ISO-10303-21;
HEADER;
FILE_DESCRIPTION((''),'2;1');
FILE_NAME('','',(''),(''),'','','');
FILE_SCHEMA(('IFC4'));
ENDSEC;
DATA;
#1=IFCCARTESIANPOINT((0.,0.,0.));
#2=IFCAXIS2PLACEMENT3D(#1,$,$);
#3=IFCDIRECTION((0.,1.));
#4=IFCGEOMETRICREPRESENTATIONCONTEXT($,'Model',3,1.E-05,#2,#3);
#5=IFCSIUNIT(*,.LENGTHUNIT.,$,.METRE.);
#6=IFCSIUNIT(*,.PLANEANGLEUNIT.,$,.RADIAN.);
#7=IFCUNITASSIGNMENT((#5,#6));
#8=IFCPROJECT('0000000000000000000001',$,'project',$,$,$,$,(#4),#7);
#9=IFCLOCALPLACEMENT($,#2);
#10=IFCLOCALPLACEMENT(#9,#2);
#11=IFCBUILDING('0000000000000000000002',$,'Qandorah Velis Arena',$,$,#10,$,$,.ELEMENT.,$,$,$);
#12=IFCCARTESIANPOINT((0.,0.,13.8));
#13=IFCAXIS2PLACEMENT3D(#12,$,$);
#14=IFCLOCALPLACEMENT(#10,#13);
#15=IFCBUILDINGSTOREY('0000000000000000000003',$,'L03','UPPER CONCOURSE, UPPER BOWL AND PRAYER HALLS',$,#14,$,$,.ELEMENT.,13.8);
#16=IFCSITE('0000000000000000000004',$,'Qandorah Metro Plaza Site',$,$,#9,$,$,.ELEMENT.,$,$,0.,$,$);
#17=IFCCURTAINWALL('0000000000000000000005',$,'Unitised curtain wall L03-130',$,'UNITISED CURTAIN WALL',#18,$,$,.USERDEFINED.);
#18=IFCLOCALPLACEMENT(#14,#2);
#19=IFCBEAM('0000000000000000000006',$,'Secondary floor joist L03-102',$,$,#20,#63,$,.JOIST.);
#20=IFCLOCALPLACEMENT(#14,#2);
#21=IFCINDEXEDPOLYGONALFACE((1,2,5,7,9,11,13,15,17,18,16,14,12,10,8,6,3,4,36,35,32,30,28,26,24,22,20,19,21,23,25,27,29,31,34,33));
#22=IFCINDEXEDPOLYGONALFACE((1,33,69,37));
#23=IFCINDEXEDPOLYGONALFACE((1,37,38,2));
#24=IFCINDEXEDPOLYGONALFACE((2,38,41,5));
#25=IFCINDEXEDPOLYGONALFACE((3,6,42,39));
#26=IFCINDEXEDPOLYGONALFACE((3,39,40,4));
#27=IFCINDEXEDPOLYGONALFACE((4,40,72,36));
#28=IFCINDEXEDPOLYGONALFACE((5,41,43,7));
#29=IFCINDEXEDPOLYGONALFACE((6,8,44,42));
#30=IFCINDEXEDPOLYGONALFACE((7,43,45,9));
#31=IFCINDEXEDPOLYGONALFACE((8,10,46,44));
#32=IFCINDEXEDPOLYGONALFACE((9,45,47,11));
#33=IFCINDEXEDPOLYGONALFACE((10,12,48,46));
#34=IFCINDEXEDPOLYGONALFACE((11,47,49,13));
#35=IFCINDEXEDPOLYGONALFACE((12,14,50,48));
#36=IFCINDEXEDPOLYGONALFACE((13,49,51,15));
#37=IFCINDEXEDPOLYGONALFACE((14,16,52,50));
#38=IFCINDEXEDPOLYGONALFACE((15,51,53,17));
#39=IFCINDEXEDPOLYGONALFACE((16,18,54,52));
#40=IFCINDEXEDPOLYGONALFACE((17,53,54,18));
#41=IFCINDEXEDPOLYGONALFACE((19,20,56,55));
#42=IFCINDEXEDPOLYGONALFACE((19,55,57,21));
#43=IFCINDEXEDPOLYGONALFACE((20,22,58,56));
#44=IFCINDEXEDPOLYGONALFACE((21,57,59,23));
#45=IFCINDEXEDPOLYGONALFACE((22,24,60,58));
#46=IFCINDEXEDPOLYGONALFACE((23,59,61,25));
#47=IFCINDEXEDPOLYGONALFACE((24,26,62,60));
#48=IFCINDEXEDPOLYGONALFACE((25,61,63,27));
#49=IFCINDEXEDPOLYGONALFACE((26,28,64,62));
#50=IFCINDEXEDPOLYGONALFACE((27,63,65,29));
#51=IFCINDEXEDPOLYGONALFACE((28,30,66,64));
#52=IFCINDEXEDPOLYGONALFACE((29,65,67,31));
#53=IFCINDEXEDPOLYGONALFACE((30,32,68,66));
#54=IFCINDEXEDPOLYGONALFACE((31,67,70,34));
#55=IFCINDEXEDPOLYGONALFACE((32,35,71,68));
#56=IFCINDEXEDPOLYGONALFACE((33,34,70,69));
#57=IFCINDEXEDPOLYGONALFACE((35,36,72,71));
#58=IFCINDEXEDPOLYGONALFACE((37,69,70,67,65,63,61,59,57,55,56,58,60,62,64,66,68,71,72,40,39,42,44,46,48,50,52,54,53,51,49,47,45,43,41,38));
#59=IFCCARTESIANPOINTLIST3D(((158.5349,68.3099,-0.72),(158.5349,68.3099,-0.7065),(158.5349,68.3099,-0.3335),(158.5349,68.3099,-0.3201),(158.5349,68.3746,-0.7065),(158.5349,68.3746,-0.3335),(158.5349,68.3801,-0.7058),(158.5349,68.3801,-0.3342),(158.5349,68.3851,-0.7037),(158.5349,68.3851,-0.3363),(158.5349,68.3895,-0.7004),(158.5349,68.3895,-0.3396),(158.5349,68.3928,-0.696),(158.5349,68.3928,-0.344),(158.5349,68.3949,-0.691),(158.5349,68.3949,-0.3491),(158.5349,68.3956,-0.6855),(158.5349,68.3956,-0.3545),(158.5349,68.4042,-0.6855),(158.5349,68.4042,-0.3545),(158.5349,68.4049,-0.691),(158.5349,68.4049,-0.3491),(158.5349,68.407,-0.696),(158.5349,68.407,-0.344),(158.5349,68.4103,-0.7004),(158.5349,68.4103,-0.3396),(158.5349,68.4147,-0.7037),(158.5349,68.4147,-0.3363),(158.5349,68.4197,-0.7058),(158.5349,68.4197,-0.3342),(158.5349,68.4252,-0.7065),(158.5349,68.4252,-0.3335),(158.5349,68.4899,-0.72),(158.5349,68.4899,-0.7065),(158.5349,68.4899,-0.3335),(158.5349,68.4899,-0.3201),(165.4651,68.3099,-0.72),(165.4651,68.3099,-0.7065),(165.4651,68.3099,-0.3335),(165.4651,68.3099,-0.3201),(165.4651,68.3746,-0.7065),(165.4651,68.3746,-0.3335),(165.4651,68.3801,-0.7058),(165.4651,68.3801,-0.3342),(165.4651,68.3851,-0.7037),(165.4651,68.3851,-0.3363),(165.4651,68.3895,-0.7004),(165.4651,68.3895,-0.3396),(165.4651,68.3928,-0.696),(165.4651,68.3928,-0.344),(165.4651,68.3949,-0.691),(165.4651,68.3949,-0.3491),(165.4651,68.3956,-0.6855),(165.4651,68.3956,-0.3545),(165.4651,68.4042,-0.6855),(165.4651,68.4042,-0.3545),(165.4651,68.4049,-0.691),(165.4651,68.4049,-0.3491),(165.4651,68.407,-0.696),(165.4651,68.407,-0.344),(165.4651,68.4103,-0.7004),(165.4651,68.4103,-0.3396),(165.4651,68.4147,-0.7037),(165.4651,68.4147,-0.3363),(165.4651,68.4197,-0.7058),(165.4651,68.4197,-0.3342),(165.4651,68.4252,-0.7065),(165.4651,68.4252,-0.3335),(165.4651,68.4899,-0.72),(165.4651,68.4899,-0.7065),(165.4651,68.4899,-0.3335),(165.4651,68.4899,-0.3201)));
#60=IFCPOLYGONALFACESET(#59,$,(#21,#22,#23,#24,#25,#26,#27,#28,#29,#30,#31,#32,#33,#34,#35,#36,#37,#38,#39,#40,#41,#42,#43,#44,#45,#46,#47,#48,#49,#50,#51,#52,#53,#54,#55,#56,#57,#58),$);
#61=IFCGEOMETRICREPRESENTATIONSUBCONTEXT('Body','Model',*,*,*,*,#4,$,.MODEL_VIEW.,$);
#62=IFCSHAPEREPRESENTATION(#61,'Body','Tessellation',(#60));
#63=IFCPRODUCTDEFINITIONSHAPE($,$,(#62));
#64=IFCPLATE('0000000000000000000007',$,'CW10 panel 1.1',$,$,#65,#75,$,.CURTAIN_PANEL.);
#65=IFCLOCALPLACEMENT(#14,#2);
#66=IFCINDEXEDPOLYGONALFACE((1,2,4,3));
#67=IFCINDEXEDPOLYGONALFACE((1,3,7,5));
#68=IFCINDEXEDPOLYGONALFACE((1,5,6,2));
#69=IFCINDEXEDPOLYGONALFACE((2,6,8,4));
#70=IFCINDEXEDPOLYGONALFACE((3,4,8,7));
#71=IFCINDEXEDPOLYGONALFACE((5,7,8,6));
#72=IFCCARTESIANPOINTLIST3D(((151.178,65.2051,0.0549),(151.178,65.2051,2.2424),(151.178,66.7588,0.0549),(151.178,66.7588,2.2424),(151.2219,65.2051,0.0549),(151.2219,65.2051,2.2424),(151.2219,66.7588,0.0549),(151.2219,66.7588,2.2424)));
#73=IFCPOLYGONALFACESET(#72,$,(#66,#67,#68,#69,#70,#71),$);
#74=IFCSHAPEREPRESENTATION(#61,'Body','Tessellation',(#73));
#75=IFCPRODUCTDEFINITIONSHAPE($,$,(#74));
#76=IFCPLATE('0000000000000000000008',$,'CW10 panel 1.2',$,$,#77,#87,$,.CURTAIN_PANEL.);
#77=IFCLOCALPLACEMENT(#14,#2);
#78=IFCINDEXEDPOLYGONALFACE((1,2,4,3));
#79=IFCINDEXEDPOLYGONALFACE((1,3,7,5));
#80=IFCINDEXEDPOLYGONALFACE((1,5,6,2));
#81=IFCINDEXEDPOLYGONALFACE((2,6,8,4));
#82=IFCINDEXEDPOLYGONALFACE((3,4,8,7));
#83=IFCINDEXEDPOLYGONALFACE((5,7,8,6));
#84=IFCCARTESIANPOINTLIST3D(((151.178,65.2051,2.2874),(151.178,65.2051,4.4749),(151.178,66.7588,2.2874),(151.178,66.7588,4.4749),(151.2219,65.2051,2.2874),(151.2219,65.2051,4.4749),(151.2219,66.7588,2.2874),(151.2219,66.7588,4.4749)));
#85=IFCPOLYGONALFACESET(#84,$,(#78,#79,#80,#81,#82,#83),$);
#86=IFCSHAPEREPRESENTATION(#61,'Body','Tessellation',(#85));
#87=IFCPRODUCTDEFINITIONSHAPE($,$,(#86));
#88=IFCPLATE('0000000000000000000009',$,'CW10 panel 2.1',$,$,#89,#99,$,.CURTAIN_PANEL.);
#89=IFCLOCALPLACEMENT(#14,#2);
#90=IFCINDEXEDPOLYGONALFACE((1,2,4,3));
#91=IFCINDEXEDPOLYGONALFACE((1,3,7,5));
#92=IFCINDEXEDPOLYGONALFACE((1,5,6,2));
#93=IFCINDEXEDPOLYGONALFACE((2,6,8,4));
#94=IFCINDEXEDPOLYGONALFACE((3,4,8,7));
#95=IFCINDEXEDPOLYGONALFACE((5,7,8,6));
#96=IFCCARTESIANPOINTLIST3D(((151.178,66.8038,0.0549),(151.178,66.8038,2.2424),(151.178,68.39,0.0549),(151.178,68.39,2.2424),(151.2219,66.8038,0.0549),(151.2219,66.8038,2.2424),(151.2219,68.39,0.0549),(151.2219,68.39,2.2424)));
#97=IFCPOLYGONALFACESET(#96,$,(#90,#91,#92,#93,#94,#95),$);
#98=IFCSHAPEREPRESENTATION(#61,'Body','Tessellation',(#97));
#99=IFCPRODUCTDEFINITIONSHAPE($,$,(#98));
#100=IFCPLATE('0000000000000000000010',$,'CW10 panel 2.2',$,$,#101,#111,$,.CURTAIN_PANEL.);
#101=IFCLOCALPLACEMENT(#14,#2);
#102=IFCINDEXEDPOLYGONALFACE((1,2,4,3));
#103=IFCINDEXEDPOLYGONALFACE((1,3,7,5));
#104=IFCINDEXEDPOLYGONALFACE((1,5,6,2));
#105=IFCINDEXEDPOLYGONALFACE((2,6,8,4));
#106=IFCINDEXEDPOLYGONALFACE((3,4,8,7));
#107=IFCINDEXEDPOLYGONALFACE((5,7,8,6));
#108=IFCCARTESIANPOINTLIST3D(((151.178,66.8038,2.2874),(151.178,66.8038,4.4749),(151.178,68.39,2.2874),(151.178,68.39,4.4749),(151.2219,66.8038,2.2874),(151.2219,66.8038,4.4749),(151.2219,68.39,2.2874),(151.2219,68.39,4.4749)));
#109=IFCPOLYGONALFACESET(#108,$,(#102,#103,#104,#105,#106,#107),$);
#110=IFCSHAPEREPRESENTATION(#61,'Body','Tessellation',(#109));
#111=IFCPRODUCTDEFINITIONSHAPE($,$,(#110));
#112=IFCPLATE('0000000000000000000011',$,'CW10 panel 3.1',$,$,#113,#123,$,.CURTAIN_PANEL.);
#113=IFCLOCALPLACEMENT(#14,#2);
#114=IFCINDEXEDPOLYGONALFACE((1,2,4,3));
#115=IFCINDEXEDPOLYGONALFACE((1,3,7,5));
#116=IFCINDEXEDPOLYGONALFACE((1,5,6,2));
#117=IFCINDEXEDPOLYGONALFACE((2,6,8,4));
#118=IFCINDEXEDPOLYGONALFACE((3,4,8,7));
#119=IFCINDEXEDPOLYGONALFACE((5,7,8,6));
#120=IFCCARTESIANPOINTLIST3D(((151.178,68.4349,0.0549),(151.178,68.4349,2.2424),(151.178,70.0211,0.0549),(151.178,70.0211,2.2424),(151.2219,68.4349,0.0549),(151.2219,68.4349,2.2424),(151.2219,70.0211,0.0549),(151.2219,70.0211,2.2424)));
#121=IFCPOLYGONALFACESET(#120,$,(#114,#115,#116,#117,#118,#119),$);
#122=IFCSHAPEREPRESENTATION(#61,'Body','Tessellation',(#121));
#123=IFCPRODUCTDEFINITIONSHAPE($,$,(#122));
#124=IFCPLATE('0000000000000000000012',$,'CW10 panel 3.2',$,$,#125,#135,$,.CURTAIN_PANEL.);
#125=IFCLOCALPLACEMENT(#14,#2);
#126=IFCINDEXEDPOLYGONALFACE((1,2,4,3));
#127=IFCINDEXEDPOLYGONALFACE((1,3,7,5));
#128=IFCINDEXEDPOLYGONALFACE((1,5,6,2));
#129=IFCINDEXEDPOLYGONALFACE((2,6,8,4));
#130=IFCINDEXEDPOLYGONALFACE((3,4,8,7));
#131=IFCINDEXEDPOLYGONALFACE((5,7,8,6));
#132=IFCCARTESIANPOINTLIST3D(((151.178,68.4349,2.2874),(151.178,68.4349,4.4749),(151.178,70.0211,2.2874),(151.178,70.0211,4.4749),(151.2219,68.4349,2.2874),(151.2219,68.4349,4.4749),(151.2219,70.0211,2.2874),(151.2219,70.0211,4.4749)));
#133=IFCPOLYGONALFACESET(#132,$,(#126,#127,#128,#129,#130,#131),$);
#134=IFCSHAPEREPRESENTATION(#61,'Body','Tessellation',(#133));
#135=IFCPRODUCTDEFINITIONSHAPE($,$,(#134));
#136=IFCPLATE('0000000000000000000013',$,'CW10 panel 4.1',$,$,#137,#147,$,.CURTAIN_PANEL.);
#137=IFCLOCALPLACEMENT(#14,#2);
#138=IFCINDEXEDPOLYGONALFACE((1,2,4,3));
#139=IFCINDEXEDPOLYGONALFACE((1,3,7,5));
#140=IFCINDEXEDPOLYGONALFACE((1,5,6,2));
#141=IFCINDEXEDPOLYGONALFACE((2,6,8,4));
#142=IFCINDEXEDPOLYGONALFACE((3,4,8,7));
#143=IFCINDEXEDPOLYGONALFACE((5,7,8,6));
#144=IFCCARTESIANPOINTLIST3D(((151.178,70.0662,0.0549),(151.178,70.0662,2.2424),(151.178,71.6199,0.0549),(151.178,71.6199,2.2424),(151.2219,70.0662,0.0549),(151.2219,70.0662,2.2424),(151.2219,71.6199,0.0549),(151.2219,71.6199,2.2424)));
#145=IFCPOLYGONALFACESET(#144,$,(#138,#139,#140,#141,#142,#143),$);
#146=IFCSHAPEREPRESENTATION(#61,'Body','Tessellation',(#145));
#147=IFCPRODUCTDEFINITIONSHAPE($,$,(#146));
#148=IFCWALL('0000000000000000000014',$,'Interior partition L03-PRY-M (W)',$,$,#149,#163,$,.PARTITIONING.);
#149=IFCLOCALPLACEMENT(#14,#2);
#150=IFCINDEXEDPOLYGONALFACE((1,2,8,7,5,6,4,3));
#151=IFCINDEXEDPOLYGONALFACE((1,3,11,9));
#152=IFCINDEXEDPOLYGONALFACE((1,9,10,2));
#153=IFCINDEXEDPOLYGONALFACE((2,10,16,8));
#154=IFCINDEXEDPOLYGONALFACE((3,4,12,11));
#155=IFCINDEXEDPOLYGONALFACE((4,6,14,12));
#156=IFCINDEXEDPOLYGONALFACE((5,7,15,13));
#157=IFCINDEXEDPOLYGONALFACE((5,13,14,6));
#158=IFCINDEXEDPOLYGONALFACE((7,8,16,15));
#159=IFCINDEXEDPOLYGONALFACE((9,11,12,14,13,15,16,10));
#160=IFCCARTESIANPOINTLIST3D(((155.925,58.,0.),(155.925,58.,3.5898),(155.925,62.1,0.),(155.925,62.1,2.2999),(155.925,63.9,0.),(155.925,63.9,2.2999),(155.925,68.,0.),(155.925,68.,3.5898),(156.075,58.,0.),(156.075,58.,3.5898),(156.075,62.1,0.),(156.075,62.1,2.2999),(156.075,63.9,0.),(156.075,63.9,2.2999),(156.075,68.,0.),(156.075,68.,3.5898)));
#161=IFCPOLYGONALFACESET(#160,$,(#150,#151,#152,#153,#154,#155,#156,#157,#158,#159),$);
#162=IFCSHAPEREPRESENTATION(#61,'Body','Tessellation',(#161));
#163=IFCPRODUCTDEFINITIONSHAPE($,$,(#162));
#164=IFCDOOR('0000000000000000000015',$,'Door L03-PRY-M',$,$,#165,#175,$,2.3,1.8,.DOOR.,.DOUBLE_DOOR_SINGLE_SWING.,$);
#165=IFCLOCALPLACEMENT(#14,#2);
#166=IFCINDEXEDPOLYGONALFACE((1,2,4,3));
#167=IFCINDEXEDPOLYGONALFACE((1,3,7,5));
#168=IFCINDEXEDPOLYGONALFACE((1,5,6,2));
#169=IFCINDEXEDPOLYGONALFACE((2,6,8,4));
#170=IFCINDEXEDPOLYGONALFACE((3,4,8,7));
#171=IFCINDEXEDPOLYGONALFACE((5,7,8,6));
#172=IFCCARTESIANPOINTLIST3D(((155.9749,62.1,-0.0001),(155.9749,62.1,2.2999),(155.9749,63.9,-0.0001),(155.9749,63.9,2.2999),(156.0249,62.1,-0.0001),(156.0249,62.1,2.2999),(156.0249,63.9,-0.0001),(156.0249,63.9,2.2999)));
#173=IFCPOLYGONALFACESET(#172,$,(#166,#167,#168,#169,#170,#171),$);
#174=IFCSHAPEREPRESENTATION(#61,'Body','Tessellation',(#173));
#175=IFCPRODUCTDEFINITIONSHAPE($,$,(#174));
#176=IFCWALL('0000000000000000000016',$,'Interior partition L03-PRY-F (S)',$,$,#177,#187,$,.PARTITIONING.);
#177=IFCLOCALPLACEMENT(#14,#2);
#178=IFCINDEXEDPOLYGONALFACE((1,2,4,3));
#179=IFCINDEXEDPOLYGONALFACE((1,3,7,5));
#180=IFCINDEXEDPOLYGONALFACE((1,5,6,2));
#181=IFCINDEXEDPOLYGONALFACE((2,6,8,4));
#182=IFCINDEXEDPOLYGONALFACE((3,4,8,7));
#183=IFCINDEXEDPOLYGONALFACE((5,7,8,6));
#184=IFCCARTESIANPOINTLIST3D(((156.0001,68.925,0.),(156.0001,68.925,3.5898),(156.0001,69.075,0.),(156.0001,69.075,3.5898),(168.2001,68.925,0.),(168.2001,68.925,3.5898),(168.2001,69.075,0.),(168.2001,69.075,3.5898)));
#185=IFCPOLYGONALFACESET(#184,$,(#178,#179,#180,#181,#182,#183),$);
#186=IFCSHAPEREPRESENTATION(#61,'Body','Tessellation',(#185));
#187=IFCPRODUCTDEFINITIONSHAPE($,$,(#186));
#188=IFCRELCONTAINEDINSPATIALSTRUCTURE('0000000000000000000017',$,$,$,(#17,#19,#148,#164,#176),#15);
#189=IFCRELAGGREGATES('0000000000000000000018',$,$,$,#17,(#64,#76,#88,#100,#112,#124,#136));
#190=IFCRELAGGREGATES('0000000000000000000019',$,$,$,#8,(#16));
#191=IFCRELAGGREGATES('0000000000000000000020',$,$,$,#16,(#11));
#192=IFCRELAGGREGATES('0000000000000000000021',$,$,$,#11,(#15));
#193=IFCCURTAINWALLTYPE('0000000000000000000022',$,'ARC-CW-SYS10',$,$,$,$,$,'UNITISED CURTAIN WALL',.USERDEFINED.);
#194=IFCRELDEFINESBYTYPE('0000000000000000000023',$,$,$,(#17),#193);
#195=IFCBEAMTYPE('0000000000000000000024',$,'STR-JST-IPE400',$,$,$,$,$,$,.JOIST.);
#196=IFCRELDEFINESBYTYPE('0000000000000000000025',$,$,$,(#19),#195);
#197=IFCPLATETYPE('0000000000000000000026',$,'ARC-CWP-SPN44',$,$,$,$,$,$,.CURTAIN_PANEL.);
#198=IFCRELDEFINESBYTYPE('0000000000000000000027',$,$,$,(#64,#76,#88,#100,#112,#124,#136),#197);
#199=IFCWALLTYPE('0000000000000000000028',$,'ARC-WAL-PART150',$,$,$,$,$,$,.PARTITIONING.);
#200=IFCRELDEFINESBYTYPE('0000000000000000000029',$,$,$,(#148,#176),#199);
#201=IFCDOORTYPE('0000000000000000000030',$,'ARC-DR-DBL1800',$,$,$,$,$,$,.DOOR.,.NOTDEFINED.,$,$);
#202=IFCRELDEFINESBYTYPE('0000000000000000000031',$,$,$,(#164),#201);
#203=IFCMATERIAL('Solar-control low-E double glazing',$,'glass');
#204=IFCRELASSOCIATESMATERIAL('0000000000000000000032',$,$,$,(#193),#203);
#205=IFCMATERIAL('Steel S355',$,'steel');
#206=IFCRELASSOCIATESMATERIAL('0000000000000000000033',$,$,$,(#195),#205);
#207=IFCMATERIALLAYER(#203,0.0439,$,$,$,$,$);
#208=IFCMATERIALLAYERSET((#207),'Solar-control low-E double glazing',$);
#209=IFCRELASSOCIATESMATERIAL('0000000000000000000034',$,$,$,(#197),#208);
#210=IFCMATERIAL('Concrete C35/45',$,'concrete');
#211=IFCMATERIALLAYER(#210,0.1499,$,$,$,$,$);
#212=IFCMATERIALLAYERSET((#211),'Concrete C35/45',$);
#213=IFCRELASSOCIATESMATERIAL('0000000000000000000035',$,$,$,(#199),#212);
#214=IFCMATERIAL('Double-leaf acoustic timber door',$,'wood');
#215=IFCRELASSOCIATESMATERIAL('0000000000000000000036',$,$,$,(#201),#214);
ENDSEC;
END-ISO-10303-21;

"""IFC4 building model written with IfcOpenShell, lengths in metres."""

from ifc_helpers import new_model, si_unit, direction, frame, frame_2d, origin, origin_2d, place, context, subcontext, project, spatial, rectangle, i_section, extrude, material, layer, layer_set, material_profile, profile_set, type_object, element, fill, aggregate, save


model = new_model("IFC4")

# Units and contexts
model_context = context("Model", 3, precision=1e-05, world=origin(), true_north=direction((0.0, 1.0)))
body_context = subcontext(model_context, "Body", "Model", "MODEL_VIEW")
ifc_project = project(units=[si_unit("LENGTHUNIT", "METRE"), si_unit("PLANEANGLEUNIT", "RADIAN")], contexts=[model_context])

# Site, building, storey
site_placement = place(None, origin())
site = spatial("IfcSite", under=ifc_project, at=site_placement, Name="Qandorah Metro Plaza Site", CompositionType="ELEMENT", RefElevation=0.0)
building_placement = place(site_placement, origin())
building = spatial("IfcBuilding", under=site, at=building_placement, Name="Qandorah Velis Arena", CompositionType="ELEMENT")
storey_placement = place(building_placement, frame((0.0, 0.0, 13.8)))
storey = spatial("IfcBuildingStorey", under=building, at=storey_placement, Name="L03", Description="UPPER CONCOURSE, UPPER BOWL AND PRAYER HALLS", CompositionType="ELEMENT", Elevation=13.8)

# Curtain wall
ifc_material_1 = material(Name="Solar-control low-E double glazing", Category="glass")
curtain_wall_type_1 = type_object("IfcCurtainWallType", Name="ARC-CW-SYS10", ElementType="UNITISED CURTAIN WALL", PredefinedType="USERDEFINED", material=ifc_material_1)
curtain_wall_1_placement = place(storey_placement, origin())
curtain_wall_1 = element("IfcCurtainWall", 1, at=curtain_wall_1_placement, inside=storey, type_object=curtain_wall_type_1, Name="Unitised curtain wall L03-130", ObjectType="UNITISED CURTAIN WALL", PredefinedType="USERDEFINED")

# Beam
ifc_material_2 = material(Name="Steel S355", Category="steel")
ifc_material_profile_1 = material_profile(ifc_material_2, i_section(OverallWidth=0.1799, OverallDepth=0.3999, WebThickness=0.0085, FlangeThickness=0.0134, FilletRadius=0.021, at=origin_2d()), Name="IPE 400")
ifc_profile_set_1 = profile_set([ifc_material_profile_1], Name="Steel S355")
beam_type_1 = type_object("IfcBeamType", Name="STR-JST-IPE400", PredefinedType="JOIST", material=ifc_profile_set_1)
beam_1_placement = place(storey_placement, frame((158.5349, 68.3999, -0.52), z_axis=(1.0, 0.0, 0.0), x_axis=(0.0, 1.0, 0.0)))
element("IfcBeam", 2, at=beam_1_placement, inside=storey, type_object=beam_type_1, Name="Secondary floor joist L03-102", PredefinedType="JOIST", context=body_context, shape_type="SweptSolid", body=[
    extrude(i_section(OverallWidth=0.1799, OverallDepth=0.3999, WebThickness=0.0085, FlangeThickness=0.0134, FilletRadius=0.021, at=origin_2d()), origin(), (0.0, 0.0, 1.0), 6.9302),
])

# Plates
ifc_layer_1 = layer(ifc_material_1, 0.0439)
ifc_layer_set_1 = layer_set([ifc_layer_1], Name="Solar-control low-E double glazing")
plate_type = type_object("IfcPlateType", Name="ARC-CWP-SPN44", PredefinedType="CURTAIN_PANEL", material=ifc_layer_set_1)
plate_1_placement = place(storey_placement, frame((151.2, 65.9819, 0.0549), z_axis=(0.0, 0.0, 1.0), x_axis=(0.0, 1.0, 0.0)))
plate_1 = element("IfcPlate", 3, at=plate_1_placement, type_object=plate_type, Name="CW10 panel 1.1", PredefinedType="CURTAIN_PANEL", context=body_context, shape_type="SweptSolid", body=[
    extrude(rectangle(XDim=1.5537, YDim=0.0439, at=origin_2d()), origin(), (0.0, 0.0, 1.0), 2.1875),
])
plate_2_placement = place(storey_placement, frame((151.2, 65.9819, 2.2874), z_axis=(0.0, 0.0, 1.0), x_axis=(0.0, 1.0, 0.0)))
plate_2 = element("IfcPlate", 4, at=plate_2_placement, type_object=plate_type, Name="CW10 panel 1.2", PredefinedType="CURTAIN_PANEL", context=body_context, shape_type="SweptSolid", body=[
    extrude(rectangle(XDim=1.5537, YDim=0.0439, at=origin_2d()), origin(), (0.0, 0.0, 1.0), 2.1875),
])
plate_3_placement = place(storey_placement, frame((151.2, 67.5969, 0.0549), z_axis=(0.0, 0.0, 1.0), x_axis=(0.0, 1.0, 0.0)))
plate_3 = element("IfcPlate", 5, at=plate_3_placement, type_object=plate_type, Name="CW10 panel 2.1", PredefinedType="CURTAIN_PANEL", context=body_context, shape_type="SweptSolid", body=[
    extrude(rectangle(XDim=1.5862, YDim=0.0439, at=origin_2d()), origin(), (0.0, 0.0, 1.0), 2.1875),
])
plate_4_placement = place(storey_placement, frame((151.2, 67.5969, 2.2874), z_axis=(0.0, 0.0, 1.0), x_axis=(0.0, 1.0, 0.0)))
plate_4 = element("IfcPlate", 6, at=plate_4_placement, type_object=plate_type, Name="CW10 panel 2.2", PredefinedType="CURTAIN_PANEL", context=body_context, shape_type="SweptSolid", body=[
    extrude(rectangle(XDim=1.5862, YDim=0.0439, at=origin_2d()), origin(), (0.0, 0.0, 1.0), 2.1875),
])
plate_5_placement = place(storey_placement, frame((151.2, 69.228, 0.0549), z_axis=(0.0, 0.0, 1.0), x_axis=(0.0, 1.0, 0.0)))
plate_5 = element("IfcPlate", 7, at=plate_5_placement, type_object=plate_type, Name="CW10 panel 3.1", PredefinedType="CURTAIN_PANEL", context=body_context, shape_type="SweptSolid", body=[
    extrude(rectangle(XDim=1.5862, YDim=0.0439, at=origin_2d()), origin(), (0.0, 0.0, 1.0), 2.1875),
])
plate_6_placement = place(storey_placement, frame((151.2, 69.228, 2.2874), z_axis=(0.0, 0.0, 1.0), x_axis=(0.0, 1.0, 0.0)))
plate_6 = element("IfcPlate", 8, at=plate_6_placement, type_object=plate_type, Name="CW10 panel 3.2", PredefinedType="CURTAIN_PANEL", context=body_context, shape_type="SweptSolid", body=[
    extrude(rectangle(XDim=1.5862, YDim=0.0439, at=origin_2d()), origin(), (0.0, 0.0, 1.0), 2.1875),
])
plate_7_placement = place(storey_placement, frame((151.2, 70.843, 0.0549), z_axis=(0.0, 0.0, 1.0), x_axis=(0.0, 1.0, 0.0)))
plate_7 = element("IfcPlate", 9, at=plate_7_placement, type_object=plate_type, Name="CW10 panel 4.1", PredefinedType="CURTAIN_PANEL", context=body_context, shape_type="SweptSolid", body=[
    extrude(rectangle(XDim=1.5537, YDim=0.0439, at=origin_2d()), origin(), (0.0, 0.0, 1.0), 2.1875),
])
aggregate(curtain_wall_1, [plate_1, plate_2, plate_3, plate_4, plate_5, plate_6, plate_7])

# Wall, opening, door
ifc_material_3 = material(Name="Concrete C35/45", Category="concrete")
ifc_layer_2 = layer(ifc_material_3, 0.1499)
ifc_layer_set_2 = layer_set([ifc_layer_2], Name="Concrete C35/45")
wall_type = type_object("IfcWallType", Name="ARC-WAL-PART150", PredefinedType="PARTITIONING", material=ifc_layer_set_2)
wall_1_placement = place(storey_placement, frame((156.0, 68.0, 0.0), z_axis=(0.0, 0.0, 1.0), x_axis=(0.0, -1.0, 0.0)))
wall_1 = element("IfcWall", 10, at=wall_1_placement, inside=storey, type_object=wall_type, Name="Interior partition L03-PRY-M (W)", PredefinedType="PARTITIONING", context=body_context, shape_type="SweptSolid", body=[
    extrude(rectangle(XDim=10.0, YDim=0.1499, at=frame_2d((5.0, 0.0))), origin(), (0.0, 0.0, 1.0), 3.5898),
])
opening_placement = place(wall_1_placement, frame((4.1001, 0.0, 0.0)))
opening = element("IfcOpeningElement", 11, at=opening_placement, cuts=wall_1, PredefinedType="OPENING", context=body_context, shape_type="SweptSolid", body=[
    extrude(rectangle(XDim=1.8, YDim=2.3, at=frame_2d((0.8999, 1.1499))), frame((0.0, 0.085, 0.0), z_axis=(0.0, -1.0, 0.0), x_axis=(1.0, 0.0, 0.0)), (0.0, 0.0, 1.0), 0.1699),
])
ifc_material_4 = material(Name="Double-leaf acoustic timber door", Category="wood")
door_type = type_object("IfcDoorType", Name="ARC-DR-DBL1800", OperationType="NOTDEFINED", PredefinedType="DOOR", material=ifc_material_4)
door_placement = place(opening_placement, origin())
door = element("IfcDoor", 12, at=door_placement, inside=storey, type_object=door_type, Name="Door L03-PRY-M", OperationType="DOUBLE_DOOR_SINGLE_SWING", OverallHeight=2.3, OverallWidth=1.8, PredefinedType="DOOR", context=body_context, shape_type="SweptSolid", body=[
    extrude(rectangle(XDim=1.8, YDim=2.3, at=frame_2d((0.8999, 1.1499))), frame((0.0, 0.0249, 0.0), z_axis=(0.0, -1.0, 0.0), x_axis=(1.0, 0.0, 0.0)), (0.0, 0.0, 1.0), 0.05),
])
fill(opening, door)

# Wall
wall_2_placement = place(storey_placement, frame((156.0, 69.0, 0.0), z_axis=(0.0, 0.0, 1.0), x_axis=(1.0, 0.0, 0.0)))
element("IfcWall", 13, at=wall_2_placement, inside=storey, type_object=wall_type, Name="Interior partition L03-PRY-F (S)", PredefinedType="PARTITIONING", context=body_context, shape_type="SweptSolid", body=[
    extrude(rectangle(XDim=12.2, YDim=0.1499, at=frame_2d((6.1001, 0.0))), origin(), (0.0, 0.0, 1.0), 3.5898),
])

save(model, "model.ifc")
